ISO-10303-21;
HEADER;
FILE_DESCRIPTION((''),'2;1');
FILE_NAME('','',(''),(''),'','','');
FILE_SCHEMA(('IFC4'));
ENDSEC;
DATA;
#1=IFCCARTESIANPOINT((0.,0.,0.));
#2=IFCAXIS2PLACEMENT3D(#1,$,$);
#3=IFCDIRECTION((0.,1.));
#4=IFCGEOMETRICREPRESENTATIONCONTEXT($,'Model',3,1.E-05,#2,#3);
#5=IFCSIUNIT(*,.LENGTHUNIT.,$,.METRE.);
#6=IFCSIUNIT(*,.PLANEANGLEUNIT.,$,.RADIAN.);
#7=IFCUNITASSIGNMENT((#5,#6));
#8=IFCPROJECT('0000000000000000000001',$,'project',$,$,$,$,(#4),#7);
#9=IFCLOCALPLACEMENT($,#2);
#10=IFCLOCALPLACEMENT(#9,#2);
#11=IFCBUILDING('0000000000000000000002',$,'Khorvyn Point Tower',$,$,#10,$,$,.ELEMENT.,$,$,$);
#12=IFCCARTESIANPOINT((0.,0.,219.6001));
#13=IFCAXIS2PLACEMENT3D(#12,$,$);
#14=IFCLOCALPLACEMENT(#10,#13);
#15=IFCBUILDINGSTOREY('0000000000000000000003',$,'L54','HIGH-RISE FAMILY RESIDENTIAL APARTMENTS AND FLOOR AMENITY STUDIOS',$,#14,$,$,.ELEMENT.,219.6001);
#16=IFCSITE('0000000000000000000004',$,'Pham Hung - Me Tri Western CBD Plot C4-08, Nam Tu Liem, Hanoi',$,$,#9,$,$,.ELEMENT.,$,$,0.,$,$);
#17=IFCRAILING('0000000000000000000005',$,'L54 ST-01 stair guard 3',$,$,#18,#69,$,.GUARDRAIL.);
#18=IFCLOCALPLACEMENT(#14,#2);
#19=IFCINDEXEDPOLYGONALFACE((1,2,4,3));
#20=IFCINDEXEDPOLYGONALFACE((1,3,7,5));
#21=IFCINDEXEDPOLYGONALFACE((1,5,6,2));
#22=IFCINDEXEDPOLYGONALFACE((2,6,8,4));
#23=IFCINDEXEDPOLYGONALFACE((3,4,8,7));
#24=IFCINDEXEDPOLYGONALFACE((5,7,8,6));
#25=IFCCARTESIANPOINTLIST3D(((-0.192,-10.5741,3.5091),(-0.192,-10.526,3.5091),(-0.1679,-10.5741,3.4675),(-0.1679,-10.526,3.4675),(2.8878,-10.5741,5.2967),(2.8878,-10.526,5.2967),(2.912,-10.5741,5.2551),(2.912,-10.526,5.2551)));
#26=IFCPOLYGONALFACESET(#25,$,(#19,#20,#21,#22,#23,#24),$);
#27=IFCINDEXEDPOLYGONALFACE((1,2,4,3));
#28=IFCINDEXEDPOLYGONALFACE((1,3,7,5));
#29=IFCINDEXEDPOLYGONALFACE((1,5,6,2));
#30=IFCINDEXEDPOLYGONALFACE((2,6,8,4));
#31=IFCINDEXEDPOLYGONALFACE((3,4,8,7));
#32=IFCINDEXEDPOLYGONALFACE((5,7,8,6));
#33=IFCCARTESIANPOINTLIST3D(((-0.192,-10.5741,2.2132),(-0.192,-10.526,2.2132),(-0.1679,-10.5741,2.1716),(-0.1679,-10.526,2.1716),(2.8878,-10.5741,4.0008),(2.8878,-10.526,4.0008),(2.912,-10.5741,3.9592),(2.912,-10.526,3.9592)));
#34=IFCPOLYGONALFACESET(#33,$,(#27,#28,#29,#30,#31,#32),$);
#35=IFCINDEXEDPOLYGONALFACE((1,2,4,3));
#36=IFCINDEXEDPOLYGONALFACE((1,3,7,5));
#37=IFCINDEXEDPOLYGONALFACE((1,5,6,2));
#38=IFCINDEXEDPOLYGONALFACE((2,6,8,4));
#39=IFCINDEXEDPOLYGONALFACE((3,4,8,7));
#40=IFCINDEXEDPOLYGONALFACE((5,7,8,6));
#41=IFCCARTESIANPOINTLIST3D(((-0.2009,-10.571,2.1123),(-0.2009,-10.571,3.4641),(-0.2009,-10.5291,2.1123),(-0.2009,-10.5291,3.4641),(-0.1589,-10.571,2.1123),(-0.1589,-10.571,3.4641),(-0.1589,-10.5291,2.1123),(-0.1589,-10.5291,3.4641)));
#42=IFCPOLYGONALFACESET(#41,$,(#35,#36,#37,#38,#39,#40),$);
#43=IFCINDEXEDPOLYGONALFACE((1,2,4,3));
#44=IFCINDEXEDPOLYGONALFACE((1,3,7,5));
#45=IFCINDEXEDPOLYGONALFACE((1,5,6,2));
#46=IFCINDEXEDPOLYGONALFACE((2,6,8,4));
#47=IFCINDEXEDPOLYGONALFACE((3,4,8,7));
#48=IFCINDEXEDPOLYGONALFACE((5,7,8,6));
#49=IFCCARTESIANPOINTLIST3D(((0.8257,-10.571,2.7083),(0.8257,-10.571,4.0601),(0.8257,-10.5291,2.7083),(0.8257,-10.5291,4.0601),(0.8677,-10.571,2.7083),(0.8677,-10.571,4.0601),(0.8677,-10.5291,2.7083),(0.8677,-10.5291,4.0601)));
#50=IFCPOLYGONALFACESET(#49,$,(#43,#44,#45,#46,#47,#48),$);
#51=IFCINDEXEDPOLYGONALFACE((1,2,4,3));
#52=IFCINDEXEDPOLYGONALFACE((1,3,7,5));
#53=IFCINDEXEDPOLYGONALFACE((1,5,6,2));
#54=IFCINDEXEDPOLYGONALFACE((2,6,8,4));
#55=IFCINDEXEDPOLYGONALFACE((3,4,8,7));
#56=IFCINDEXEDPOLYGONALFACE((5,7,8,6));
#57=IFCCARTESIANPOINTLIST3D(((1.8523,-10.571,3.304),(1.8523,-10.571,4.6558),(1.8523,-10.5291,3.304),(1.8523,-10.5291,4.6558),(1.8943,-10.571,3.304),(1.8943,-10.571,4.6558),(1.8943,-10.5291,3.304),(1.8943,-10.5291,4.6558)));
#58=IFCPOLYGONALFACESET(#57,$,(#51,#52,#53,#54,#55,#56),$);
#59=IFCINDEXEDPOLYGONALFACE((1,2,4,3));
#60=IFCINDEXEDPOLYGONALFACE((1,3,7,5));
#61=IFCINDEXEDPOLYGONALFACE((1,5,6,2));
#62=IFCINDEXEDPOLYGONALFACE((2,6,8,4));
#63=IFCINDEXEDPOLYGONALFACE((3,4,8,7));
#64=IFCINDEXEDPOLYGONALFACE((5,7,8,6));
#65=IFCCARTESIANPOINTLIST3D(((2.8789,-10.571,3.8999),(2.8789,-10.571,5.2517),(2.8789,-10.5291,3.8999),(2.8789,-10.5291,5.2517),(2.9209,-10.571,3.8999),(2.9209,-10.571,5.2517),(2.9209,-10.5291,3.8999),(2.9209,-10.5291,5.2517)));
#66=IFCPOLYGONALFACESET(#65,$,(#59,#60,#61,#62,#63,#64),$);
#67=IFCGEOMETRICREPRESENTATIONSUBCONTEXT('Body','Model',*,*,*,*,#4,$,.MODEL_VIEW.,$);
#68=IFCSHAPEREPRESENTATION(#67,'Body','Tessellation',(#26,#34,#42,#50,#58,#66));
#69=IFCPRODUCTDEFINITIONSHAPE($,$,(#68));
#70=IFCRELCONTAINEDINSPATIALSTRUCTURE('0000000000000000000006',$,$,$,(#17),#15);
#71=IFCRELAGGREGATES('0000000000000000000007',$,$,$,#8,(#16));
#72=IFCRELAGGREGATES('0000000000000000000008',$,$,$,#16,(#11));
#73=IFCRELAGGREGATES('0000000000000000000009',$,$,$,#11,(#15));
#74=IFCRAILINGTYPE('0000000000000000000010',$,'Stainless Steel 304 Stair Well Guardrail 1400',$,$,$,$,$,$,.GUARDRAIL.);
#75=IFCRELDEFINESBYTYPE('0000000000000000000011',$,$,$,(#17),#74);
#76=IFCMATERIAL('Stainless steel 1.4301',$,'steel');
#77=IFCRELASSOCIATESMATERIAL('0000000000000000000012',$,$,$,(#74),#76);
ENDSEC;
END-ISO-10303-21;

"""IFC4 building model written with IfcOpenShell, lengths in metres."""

from ifc_helpers import new_model, si_unit, direction, frame, origin, origin_2d, place, context, subcontext, project, spatial, rectangle, extrude, material, type_object, element, save


model = new_model("IFC4")

# Units and contexts
model_context = context("Model", 3, precision=1e-05, world=origin(), true_north=direction((0.0, 1.0)))
body_context = subcontext(model_context, "Body", "Model", "MODEL_VIEW")
ifc_project = project(units=[si_unit("LENGTHUNIT", "METRE"), si_unit("PLANEANGLEUNIT", "RADIAN")], contexts=[model_context])

# Site, building, storey
site_placement = place(None, origin())
site = spatial("IfcSite", under=ifc_project, at=site_placement, Name="Pham Hung - Me Tri Western CBD Plot C4-08, Nam Tu Liem, Hanoi", CompositionType="ELEMENT", RefElevation=0.0)
building_placement = place(site_placement, origin())
building = spatial("IfcBuilding", under=site, at=building_placement, Name="Khorvyn Point Tower", CompositionType="ELEMENT")
storey_placement = place(building_placement, frame((0.0, 0.0, 219.6001)))
storey = spatial("IfcBuildingStorey", under=building, at=storey_placement, Name="L54", Description="HIGH-RISE FAMILY RESIDENTIAL APARTMENTS AND FLOOR AMENITY STUDIOS", CompositionType="ELEMENT", Elevation=219.6001)

# Railing
ifc_material_1 = material(Name="Stainless steel 1.4301", Category="steel")
railing_type_1 = type_object("IfcRailingType", Name="Stainless Steel 304 Stair Well Guardrail 1400", PredefinedType="GUARDRAIL", material=ifc_material_1)
railing_1_placement = place(storey_placement, frame((-0.1799, -10.55, 2.1123)))
element("IfcRailing", 1, at=railing_1_placement, inside=storey, type_object=railing_type_1, Name="L54 ST-01 stair guard 3", PredefinedType="GUARDRAIL", context=body_context, shape_type="SweptSolid", body=[
    extrude(rectangle(XDim=0.0481, YDim=0.0481, at=origin_2d()), frame((0.0, 0.0, 1.376), z_axis=(0.864873, 0.0, 0.50199), x_axis=(0.0, 1.0, 0.0)), (0.0, 0.0, 1.0), 3.561),
    extrude(rectangle(XDim=0.0481, YDim=0.0481, at=origin_2d()), frame((0.0, 0.0, 0.0801), z_axis=(0.864873, 0.0, 0.50199), x_axis=(0.0, 1.0, 0.0)), (0.0, 0.0, 1.0), 3.561),
    extrude(rectangle(XDim=0.042, YDim=0.042, at=origin_2d()), origin(), (0.0, 0.0, 1.0), 1.3518),
    extrude(rectangle(XDim=0.042, YDim=0.042, at=origin_2d()), frame((1.0266, 0.0, 0.5959)), (0.0, 0.0, 1.0), 1.3518),
    extrude(rectangle(XDim=0.042, YDim=0.042, at=origin_2d()), frame((2.0532, 0.0, 1.1917)), (0.0, 0.0, 1.0), 1.3518),
    extrude(rectangle(XDim=0.042, YDim=0.042, at=origin_2d()), frame((3.0798, 0.0, 1.7876)), (0.0, 0.0, 1.0), 1.3518),
])

save(model, "model.ifc")
